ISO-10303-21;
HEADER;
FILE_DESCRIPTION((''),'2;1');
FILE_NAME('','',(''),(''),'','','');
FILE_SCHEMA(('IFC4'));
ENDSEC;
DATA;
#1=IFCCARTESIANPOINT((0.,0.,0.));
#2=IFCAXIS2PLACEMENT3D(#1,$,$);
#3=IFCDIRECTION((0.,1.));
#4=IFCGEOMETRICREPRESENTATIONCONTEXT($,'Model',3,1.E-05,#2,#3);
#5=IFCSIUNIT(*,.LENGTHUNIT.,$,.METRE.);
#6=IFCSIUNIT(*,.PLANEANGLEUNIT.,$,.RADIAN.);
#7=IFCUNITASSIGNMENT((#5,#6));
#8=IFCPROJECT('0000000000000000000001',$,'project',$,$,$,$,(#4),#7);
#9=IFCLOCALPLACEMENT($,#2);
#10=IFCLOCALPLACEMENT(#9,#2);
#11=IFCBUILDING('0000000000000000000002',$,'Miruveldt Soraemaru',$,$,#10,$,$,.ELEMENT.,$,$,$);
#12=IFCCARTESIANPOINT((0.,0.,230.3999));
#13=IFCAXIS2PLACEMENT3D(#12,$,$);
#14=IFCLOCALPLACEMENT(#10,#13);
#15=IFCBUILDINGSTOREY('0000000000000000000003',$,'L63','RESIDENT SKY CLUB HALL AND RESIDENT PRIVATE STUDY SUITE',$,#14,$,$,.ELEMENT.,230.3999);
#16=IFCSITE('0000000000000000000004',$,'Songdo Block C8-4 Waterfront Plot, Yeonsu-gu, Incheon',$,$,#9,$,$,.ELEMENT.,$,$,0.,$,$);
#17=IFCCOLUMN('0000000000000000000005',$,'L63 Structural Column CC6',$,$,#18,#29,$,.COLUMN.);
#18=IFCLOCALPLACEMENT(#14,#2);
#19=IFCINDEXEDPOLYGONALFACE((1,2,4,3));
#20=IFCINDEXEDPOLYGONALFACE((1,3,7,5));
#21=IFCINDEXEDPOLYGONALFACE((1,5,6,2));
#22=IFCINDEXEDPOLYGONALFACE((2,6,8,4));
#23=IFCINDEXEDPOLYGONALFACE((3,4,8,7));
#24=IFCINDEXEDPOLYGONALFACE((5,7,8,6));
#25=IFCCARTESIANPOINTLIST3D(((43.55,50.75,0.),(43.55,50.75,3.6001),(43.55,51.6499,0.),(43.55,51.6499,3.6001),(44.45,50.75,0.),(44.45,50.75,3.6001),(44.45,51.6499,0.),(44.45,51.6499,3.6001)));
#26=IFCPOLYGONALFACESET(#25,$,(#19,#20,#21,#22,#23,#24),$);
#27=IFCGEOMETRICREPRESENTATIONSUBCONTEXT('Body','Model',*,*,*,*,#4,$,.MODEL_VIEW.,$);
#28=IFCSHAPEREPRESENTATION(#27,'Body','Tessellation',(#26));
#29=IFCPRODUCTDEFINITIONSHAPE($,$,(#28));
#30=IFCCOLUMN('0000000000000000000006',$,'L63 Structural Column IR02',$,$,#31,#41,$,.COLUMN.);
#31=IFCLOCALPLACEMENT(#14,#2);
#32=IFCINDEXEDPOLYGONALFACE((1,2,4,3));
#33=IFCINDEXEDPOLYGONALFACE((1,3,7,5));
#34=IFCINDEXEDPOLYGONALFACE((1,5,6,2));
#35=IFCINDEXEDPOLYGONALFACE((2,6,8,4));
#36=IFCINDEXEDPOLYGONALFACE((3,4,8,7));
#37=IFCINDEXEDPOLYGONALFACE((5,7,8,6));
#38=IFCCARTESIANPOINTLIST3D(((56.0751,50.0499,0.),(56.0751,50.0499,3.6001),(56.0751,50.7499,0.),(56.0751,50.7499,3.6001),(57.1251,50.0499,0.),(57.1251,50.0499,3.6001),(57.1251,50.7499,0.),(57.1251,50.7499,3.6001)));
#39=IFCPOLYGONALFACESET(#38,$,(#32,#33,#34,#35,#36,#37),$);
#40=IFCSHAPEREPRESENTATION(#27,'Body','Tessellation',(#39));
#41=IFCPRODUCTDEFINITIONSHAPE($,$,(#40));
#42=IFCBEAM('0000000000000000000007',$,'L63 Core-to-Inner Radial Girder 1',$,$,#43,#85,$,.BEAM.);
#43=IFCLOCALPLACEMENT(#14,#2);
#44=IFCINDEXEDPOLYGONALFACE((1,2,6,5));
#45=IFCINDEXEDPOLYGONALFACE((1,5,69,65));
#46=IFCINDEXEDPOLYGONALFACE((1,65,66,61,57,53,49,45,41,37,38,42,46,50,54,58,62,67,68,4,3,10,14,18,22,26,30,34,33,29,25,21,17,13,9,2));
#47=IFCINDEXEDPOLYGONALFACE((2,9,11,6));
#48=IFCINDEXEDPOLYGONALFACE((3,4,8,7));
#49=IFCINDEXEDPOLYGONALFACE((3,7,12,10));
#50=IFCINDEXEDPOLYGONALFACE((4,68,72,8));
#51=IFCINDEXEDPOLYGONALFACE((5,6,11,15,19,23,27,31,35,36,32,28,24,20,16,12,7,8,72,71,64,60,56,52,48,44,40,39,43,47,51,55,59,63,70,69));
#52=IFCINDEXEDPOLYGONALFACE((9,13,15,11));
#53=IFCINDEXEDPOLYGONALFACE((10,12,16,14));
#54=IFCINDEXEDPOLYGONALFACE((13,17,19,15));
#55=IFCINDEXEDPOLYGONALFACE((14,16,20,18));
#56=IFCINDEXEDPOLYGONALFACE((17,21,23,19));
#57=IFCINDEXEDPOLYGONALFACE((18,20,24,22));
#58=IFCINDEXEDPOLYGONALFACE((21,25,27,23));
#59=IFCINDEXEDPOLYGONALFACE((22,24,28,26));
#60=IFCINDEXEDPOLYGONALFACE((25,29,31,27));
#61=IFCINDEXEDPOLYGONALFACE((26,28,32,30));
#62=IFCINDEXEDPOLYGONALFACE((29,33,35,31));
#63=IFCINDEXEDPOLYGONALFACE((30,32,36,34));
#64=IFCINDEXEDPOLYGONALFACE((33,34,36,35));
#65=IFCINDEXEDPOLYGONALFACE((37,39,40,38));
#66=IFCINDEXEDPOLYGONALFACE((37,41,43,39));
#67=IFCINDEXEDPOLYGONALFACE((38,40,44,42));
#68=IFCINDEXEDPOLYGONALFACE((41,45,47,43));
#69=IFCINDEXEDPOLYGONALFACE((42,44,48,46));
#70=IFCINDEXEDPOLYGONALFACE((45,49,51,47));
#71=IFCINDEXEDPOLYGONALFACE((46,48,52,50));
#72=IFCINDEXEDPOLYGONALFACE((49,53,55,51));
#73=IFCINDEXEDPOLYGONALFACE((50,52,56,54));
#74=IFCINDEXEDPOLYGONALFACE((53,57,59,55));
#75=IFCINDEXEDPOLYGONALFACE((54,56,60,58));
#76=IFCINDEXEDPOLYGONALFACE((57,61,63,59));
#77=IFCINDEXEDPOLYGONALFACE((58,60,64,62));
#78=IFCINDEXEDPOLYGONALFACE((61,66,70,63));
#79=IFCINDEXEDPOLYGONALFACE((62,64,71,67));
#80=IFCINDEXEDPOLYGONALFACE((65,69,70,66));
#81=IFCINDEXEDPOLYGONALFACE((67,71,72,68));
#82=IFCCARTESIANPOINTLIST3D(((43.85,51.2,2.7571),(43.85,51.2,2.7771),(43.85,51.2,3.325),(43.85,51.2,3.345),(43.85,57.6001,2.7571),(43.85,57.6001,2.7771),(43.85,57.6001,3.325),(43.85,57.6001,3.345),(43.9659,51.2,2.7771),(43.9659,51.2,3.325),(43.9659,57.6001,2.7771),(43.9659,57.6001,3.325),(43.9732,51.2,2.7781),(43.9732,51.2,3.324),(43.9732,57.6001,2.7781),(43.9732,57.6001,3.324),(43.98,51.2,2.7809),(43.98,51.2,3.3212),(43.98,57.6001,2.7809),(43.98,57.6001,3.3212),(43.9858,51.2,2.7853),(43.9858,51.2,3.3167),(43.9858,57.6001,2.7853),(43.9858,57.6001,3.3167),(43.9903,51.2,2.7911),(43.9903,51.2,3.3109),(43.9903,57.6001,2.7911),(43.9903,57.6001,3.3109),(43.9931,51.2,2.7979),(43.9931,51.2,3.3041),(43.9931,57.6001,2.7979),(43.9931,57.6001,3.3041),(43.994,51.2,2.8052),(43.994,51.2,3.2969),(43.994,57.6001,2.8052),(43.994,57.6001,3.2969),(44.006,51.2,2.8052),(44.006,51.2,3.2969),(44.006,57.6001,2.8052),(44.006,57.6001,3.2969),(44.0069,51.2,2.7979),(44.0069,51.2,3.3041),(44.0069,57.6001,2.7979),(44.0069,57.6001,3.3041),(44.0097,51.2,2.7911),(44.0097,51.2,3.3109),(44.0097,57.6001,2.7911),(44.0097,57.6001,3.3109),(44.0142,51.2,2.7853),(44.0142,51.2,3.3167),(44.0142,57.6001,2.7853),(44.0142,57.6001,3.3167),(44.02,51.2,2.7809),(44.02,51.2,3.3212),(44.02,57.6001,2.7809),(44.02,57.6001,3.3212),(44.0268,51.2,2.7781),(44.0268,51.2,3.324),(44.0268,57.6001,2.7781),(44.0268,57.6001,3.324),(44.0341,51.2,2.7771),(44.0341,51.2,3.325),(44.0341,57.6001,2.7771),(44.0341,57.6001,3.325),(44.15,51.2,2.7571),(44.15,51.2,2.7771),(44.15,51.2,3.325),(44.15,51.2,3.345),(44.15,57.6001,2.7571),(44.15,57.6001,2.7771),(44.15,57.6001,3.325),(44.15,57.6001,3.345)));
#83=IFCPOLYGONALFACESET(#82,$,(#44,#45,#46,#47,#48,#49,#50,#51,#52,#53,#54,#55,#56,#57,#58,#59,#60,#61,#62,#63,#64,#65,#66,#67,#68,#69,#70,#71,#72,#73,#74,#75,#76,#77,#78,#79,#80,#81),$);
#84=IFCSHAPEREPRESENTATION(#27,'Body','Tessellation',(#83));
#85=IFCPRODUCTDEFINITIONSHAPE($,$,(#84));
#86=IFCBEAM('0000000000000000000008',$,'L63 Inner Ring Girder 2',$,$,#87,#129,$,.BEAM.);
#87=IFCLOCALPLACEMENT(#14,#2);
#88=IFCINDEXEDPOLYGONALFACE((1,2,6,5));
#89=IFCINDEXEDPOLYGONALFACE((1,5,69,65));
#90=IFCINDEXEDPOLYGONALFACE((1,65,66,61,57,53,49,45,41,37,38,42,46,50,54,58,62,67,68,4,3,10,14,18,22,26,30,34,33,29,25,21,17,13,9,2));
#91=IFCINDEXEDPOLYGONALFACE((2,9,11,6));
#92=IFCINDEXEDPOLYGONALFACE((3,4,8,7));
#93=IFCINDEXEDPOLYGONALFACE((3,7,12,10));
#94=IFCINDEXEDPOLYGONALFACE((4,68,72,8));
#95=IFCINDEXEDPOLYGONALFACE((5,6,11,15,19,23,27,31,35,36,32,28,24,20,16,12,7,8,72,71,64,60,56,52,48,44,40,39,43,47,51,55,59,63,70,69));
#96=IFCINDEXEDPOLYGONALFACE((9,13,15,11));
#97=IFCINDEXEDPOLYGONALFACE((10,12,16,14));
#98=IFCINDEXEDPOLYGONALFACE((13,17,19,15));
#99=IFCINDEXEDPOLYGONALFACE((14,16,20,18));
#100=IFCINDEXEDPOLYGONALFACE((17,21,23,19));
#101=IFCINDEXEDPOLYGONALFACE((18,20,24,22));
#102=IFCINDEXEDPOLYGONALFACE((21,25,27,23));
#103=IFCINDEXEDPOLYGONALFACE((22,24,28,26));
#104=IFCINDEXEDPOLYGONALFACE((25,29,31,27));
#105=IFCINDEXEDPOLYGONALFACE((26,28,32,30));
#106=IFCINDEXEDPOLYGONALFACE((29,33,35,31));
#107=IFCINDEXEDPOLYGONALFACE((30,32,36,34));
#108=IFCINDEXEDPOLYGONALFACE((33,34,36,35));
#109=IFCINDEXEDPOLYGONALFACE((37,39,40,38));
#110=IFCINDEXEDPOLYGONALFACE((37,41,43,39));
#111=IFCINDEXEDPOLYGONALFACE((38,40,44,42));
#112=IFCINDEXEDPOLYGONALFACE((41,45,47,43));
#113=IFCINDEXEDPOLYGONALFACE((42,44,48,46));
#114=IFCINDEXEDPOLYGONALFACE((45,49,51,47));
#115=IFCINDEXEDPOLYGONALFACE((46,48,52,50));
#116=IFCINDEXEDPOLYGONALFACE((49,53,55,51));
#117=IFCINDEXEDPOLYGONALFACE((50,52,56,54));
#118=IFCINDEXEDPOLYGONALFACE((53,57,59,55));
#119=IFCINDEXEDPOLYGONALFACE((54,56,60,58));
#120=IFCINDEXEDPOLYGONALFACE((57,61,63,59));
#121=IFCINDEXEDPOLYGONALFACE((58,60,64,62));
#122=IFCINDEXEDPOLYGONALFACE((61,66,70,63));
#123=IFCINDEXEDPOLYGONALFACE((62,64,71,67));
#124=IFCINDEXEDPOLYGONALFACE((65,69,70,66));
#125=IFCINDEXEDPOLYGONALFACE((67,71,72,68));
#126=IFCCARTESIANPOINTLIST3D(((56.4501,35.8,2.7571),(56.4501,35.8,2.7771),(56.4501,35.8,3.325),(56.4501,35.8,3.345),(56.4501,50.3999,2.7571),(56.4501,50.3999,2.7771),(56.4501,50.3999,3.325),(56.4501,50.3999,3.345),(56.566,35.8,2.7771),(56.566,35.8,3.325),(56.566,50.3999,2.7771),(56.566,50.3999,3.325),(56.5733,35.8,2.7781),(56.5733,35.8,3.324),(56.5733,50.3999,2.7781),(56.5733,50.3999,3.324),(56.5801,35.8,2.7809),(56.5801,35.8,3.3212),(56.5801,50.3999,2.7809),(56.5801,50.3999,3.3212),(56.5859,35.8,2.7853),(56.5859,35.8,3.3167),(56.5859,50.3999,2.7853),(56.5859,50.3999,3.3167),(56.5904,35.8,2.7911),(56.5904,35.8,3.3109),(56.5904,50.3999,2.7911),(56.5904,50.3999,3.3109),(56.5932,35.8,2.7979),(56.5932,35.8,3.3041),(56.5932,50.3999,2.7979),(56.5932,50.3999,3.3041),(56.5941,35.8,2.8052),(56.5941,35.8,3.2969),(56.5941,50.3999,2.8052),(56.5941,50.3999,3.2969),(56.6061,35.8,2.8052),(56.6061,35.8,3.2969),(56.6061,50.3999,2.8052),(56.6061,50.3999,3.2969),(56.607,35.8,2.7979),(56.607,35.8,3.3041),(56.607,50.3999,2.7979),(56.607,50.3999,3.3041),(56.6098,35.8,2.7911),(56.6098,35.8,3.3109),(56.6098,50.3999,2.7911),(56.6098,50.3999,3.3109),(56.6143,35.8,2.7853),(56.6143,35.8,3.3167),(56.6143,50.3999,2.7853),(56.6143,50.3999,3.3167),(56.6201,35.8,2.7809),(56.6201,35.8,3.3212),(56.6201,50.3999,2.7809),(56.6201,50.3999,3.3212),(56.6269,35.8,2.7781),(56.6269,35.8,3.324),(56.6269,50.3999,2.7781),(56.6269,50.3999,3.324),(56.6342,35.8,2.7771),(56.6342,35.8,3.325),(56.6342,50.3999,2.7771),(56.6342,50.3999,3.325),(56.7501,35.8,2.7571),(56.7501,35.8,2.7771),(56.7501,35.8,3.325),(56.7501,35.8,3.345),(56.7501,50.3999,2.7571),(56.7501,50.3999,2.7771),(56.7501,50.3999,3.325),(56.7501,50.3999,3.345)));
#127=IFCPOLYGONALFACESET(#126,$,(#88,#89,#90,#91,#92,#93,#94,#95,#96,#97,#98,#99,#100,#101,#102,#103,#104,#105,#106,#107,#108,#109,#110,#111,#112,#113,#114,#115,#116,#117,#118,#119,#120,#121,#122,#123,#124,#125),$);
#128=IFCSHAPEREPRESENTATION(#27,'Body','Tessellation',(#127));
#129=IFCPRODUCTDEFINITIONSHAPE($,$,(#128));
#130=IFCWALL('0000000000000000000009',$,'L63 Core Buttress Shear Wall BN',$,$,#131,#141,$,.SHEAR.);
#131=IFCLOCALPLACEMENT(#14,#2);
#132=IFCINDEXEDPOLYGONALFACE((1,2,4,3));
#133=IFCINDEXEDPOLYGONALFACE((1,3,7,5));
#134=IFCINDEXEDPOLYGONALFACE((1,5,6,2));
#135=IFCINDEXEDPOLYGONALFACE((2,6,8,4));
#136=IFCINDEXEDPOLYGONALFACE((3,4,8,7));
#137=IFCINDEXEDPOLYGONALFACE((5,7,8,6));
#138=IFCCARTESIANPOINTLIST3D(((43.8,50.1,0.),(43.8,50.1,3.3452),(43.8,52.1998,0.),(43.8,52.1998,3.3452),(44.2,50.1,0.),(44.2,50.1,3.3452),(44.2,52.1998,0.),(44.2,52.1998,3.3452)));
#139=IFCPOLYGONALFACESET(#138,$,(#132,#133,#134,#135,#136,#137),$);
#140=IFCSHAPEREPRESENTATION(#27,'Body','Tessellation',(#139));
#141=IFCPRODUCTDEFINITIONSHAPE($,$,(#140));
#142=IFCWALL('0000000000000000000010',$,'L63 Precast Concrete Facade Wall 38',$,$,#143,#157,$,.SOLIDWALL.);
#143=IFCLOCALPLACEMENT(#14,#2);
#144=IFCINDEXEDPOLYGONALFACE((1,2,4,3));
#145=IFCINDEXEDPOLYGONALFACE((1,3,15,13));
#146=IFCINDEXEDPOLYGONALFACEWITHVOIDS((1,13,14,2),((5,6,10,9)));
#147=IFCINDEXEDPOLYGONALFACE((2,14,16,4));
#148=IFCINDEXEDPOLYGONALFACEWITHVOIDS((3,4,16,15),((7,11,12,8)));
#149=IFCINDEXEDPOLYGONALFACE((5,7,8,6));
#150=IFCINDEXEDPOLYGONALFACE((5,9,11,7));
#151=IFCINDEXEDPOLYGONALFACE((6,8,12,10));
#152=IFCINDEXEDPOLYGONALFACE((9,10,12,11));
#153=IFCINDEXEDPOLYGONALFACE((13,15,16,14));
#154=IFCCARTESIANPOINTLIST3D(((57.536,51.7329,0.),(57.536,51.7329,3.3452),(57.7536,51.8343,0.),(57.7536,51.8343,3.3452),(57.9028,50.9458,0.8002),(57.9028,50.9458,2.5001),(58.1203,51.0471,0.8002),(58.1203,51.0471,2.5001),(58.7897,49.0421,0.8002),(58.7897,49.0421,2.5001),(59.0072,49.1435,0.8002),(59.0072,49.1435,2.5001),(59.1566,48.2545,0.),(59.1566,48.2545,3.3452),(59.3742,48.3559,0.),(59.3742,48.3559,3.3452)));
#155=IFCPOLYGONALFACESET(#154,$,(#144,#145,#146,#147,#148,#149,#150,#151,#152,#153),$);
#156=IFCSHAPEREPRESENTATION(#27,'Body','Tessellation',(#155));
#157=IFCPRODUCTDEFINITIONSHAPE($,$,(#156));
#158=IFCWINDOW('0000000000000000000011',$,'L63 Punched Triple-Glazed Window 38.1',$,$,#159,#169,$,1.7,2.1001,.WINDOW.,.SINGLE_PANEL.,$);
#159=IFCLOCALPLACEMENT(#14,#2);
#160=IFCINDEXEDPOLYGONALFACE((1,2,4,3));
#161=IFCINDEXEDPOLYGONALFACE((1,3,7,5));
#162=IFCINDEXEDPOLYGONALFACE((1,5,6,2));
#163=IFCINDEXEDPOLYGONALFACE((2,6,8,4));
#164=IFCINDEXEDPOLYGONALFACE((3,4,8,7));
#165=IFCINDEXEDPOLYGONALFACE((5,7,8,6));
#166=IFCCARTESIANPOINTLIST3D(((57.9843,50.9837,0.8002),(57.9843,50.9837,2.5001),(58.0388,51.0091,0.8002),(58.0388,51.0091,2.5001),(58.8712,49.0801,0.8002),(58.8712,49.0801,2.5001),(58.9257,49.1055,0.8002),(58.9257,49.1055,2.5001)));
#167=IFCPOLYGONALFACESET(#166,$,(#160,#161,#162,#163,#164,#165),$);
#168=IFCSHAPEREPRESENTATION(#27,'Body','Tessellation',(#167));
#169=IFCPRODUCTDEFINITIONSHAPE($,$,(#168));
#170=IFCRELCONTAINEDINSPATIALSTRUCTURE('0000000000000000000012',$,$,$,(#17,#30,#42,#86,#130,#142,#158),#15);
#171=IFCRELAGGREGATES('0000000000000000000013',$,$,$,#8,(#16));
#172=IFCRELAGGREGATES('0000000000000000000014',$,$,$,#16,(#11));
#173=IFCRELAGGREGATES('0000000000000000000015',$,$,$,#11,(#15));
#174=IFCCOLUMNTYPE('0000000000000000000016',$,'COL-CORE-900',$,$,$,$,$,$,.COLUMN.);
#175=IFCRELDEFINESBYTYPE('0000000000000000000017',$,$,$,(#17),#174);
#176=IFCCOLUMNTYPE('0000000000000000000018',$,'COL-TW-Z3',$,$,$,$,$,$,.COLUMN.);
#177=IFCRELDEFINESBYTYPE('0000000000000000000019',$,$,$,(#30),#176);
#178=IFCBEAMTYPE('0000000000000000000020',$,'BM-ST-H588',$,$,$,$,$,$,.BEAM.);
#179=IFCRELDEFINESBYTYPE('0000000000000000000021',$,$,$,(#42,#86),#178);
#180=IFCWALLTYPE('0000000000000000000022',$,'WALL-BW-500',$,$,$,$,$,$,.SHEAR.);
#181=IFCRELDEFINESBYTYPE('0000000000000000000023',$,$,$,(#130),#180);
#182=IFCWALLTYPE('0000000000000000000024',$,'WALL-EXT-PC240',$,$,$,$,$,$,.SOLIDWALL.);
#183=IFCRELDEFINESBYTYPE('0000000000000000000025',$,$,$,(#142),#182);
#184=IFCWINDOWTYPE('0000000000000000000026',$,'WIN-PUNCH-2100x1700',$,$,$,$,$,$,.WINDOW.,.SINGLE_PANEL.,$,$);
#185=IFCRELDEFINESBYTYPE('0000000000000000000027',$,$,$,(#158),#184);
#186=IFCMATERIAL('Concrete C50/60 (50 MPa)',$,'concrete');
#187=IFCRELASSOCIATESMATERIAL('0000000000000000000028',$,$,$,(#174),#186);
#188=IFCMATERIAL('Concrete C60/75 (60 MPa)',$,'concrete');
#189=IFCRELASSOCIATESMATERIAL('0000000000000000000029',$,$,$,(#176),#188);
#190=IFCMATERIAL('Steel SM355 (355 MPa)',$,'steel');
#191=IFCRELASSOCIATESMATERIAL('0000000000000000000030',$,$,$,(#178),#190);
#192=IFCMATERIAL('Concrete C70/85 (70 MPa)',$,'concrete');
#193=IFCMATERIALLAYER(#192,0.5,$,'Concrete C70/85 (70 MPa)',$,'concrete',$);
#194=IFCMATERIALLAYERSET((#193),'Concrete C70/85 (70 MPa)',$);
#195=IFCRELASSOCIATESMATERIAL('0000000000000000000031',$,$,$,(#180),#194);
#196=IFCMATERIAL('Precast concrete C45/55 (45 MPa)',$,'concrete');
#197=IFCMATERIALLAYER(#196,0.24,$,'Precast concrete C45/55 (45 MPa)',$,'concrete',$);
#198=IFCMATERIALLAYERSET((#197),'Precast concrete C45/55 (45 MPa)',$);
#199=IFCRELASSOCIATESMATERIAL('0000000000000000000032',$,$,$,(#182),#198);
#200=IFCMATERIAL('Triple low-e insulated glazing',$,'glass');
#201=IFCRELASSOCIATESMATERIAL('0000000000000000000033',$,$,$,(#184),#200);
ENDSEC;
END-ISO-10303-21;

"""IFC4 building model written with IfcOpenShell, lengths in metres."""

from ifc_helpers import new_model, si_unit, direction, frame, frame_2d, origin, origin_2d, place, context, subcontext, project, spatial, rectangle, i_section, extrude, material, layer, layer_set, material_profile, profile_set, type_object, element, fill, save


model = new_model("IFC4")

# Units and contexts
model_context = context("Model", 3, precision=1e-05, world=origin(), true_north=direction((0.0, 1.0)))
body_context = subcontext(model_context, "Body", "Model", "MODEL_VIEW")
ifc_project = project(units=[si_unit("LENGTHUNIT", "METRE"), si_unit("PLANEANGLEUNIT", "RADIAN")], contexts=[model_context])

# Site, building, storey
site_placement = place(None, origin())
site = spatial("IfcSite", under=ifc_project, at=site_placement, Name="Songdo Block C8-4 Waterfront Plot, Yeonsu-gu, Incheon", CompositionType="ELEMENT", RefElevation=0.0)
building_placement = place(site_placement, origin())
building = spatial("IfcBuilding", under=site, at=building_placement, Name="Miruveldt Soraemaru", CompositionType="ELEMENT")
storey_placement = place(building_placement, frame((0.0, 0.0, 230.3999)))
storey = spatial("IfcBuildingStorey", under=building, at=storey_placement, Name="L63", Description="RESIDENT SKY CLUB HALL AND RESIDENT PRIVATE STUDY SUITE", CompositionType="ELEMENT", Elevation=230.3999)

# Columns
ifc_material_1 = material(Name="Concrete C50/60 (50 MPa)", Category="concrete")
ifc_material_profile_1 = material_profile(ifc_material_1, rectangle(XDim=0.8999, YDim=0.8999, at=origin_2d()), Name="Concrete C50/60 (50 MPa)", Category="concrete")
ifc_profile_set_1 = profile_set([ifc_material_profile_1], Name="Concrete C50/60 (50 MPa)")
column_type_1 = type_object("IfcColumnType", Name="COL-CORE-900", PredefinedType="COLUMN", material=ifc_profile_set_1)
column_1_placement = place(storey_placement, frame((44.0, 51.2, 0.0), z_axis=(0.0, 0.0, 1.0), x_axis=(1.0, 0.0, 0.0)))
element("IfcColumn", 1, at=column_1_placement, inside=storey, type_object=column_type_1, Name="L63 Structural Column CC6", PredefinedType="COLUMN", context=body_context, shape_type="SweptSolid", body=[
    extrude(rectangle(XDim=0.8999, YDim=0.8999, at=origin_2d()), origin(), (0.0, 0.0, 1.0), 3.6001),
])
ifc_material_2 = material(Name="Concrete C60/75 (60 MPa)", Category="concrete")
ifc_material_profile_2 = material_profile(ifc_material_2, rectangle(XDim=1.05, YDim=0.7, at=origin_2d()), Name="Concrete C60/75 (60 MPa)", Category="concrete")
ifc_profile_set_2 = profile_set([ifc_material_profile_2], Name="Concrete C60/75 (60 MPa)")
column_type_2 = type_object("IfcColumnType", Name="COL-TW-Z3", PredefinedType="COLUMN", material=ifc_profile_set_2)
column_2_placement = place(storey_placement, frame((56.6001, 50.3999, 0.0), z_axis=(0.0, 0.0, 1.0), x_axis=(1.0, 0.0, 0.0)))
element("IfcColumn", 2, at=column_2_placement, inside=storey, type_object=column_type_2, Name="L63 Structural Column IR02", PredefinedType="COLUMN", context=body_context, shape_type="SweptSolid", body=[
    extrude(rectangle(XDim=1.05, YDim=0.7, at=origin_2d()), origin(), (0.0, 0.0, 1.0), 3.6001),
])

# Beams
ifc_material_3 = material(Name="Steel SM355 (355 MPa)", Category="steel")
ifc_material_profile_3 = material_profile(ifc_material_3, i_section(OverallWidth=0.3, OverallDepth=0.5879, WebThickness=0.012, FlangeThickness=0.02, FilletRadius=0.0281, at=origin_2d()), Name="Steel SM355 (355 MPa)", Category="steel")
ifc_profile_set_3 = profile_set([ifc_material_profile_3], Name="Steel SM355 (355 MPa)")
beam_type = type_object("IfcBeamType", Name="BM-ST-H588", PredefinedType="BEAM", material=ifc_profile_set_3)
beam_1_placement = place(storey_placement, frame((44.0, 51.2, 3.051), z_axis=(0.0, 1.0, 0.0), x_axis=(-1.0, 0.0, 0.0)))
element("IfcBeam", 3, at=beam_1_placement, inside=storey, type_object=beam_type, Name="L63 Core-to-Inner Radial Girder 1", PredefinedType="BEAM", context=body_context, shape_type="SweptSolid", body=[
    extrude(i_section(OverallWidth=0.3, OverallDepth=0.5879, WebThickness=0.012, FlangeThickness=0.02, FilletRadius=0.0281, at=origin_2d()), origin(), (0.0, 0.0, 1.0), 6.4001),
])
beam_2_placement = place(storey_placement, frame((56.6001, 50.3999, 3.051), z_axis=(0.0, -1.0, 0.0), x_axis=(1.0, 0.0, 0.0)))
element("IfcBeam", 4, at=beam_2_placement, inside=storey, type_object=beam_type, Name="L63 Inner Ring Girder 2", PredefinedType="BEAM", context=body_context, shape_type="SweptSolid", body=[
    extrude(i_section(OverallWidth=0.3, OverallDepth=0.5879, WebThickness=0.012, FlangeThickness=0.02, FilletRadius=0.0281, at=origin_2d()), origin(), (0.0, 0.0, 1.0), 14.5999),
])

# Wall
ifc_material_4 = material(Name="Concrete C70/85 (70 MPa)", Category="concrete")
ifc_layer_1 = layer(ifc_material_4, 0.5, Name="Concrete C70/85 (70 MPa)", Category="concrete")
ifc_layer_set_1 = layer_set([ifc_layer_1], Name="Concrete C70/85 (70 MPa)")
wall_type_1 = type_object("IfcWallType", Name="WALL-BW-500", PredefinedType="SHEAR", material=ifc_layer_set_1)
wall_1_placement = place(storey_placement, frame((44.0, 50.1001, 0.0), z_axis=(0.0, 0.0, 1.0), x_axis=(0.0, 1.0, 0.0)))
element("IfcWall", 5, at=wall_1_placement, inside=storey, type_object=wall_type_1, Name="L63 Core Buttress Shear Wall BN", PredefinedType="SHEAR", context=body_context, shape_type="SweptSolid", body=[
    extrude(rectangle(XDim=2.0999, YDim=0.3999, at=frame_2d((1.0498, 0.0))), origin(), (0.0, 0.0, 1.0), 3.3452),
])

# Wall, opening, window
ifc_material_5 = material(Name="Precast concrete C45/55 (45 MPa)", Category="concrete")
ifc_layer_2 = layer(ifc_material_5, 0.24, Name="Precast concrete C45/55 (45 MPa)", Category="concrete")
ifc_layer_set_2 = layer_set([ifc_layer_2], Name="Precast concrete C45/55 (45 MPa)")
wall_type_2 = type_object("IfcWallType", Name="WALL-EXT-PC240", PredefinedType="SOLIDWALL", material=ifc_layer_set_2)
wall_2_placement = place(storey_placement, frame((59.2654, 48.3052, 0.0), z_axis=(0.0, 0.0, 1.0), x_axis=(-0.422307, 0.906453, 0.0)))
wall_2 = element("IfcWall", 6, at=wall_2_placement, inside=storey, type_object=wall_type_2, Name="L63 Precast Concrete Facade Wall 38", PredefinedType="SOLIDWALL", context=body_context, shape_type="SweptSolid", body=[
    extrude(rectangle(XDim=3.8374, YDim=0.24, at=frame_2d((1.9187, 0.0))), origin(), (0.0, 0.0, 1.0), 3.3452),
])
opening_1_placement = place(wall_2_placement, frame((0.8689, 0.0, 0.8)))
opening_1 = element("IfcOpeningElement", 7, at=opening_1_placement, cuts=wall_2, PredefinedType="OPENING", context=body_context, shape_type="SweptSolid", body=[
    extrude(rectangle(XDim=2.1001, YDim=1.7, at=frame_2d((1.05, 0.8501))), frame((0.0, 0.1299, 0.0), z_axis=(0.0, -1.0, 0.0), x_axis=(1.0, 0.0, 0.0)), (0.0, 0.0, 1.0), 0.26),
])
ifc_material_6 = material(Name="Triple low-e insulated glazing", Category="glass")
window_type = type_object("IfcWindowType", Name="WIN-PUNCH-2100x1700", PartitioningType="SINGLE_PANEL", PredefinedType="WINDOW", material=ifc_material_6)
window_1_placement = place(opening_1_placement, origin())
window_1 = element("IfcWindow", 8, at=window_1_placement, inside=storey, type_object=window_type, Name="L63 Punched Triple-Glazed Window 38.1", OverallHeight=1.7, OverallWidth=2.1001, PartitioningType="SINGLE_PANEL", PredefinedType="WINDOW", context=body_context, shape_type="SweptSolid", body=[
    extrude(rectangle(XDim=2.1001, YDim=1.7, at=frame_2d((1.05, 0.8501))), frame((0.0, 0.03, 0.0), z_axis=(0.0, -1.0, 0.0), x_axis=(1.0, 0.0, 0.0)), (0.0, 0.0, 1.0), 0.0601),
])
fill(opening_1, window_1)

save(model, "model.ifc")
